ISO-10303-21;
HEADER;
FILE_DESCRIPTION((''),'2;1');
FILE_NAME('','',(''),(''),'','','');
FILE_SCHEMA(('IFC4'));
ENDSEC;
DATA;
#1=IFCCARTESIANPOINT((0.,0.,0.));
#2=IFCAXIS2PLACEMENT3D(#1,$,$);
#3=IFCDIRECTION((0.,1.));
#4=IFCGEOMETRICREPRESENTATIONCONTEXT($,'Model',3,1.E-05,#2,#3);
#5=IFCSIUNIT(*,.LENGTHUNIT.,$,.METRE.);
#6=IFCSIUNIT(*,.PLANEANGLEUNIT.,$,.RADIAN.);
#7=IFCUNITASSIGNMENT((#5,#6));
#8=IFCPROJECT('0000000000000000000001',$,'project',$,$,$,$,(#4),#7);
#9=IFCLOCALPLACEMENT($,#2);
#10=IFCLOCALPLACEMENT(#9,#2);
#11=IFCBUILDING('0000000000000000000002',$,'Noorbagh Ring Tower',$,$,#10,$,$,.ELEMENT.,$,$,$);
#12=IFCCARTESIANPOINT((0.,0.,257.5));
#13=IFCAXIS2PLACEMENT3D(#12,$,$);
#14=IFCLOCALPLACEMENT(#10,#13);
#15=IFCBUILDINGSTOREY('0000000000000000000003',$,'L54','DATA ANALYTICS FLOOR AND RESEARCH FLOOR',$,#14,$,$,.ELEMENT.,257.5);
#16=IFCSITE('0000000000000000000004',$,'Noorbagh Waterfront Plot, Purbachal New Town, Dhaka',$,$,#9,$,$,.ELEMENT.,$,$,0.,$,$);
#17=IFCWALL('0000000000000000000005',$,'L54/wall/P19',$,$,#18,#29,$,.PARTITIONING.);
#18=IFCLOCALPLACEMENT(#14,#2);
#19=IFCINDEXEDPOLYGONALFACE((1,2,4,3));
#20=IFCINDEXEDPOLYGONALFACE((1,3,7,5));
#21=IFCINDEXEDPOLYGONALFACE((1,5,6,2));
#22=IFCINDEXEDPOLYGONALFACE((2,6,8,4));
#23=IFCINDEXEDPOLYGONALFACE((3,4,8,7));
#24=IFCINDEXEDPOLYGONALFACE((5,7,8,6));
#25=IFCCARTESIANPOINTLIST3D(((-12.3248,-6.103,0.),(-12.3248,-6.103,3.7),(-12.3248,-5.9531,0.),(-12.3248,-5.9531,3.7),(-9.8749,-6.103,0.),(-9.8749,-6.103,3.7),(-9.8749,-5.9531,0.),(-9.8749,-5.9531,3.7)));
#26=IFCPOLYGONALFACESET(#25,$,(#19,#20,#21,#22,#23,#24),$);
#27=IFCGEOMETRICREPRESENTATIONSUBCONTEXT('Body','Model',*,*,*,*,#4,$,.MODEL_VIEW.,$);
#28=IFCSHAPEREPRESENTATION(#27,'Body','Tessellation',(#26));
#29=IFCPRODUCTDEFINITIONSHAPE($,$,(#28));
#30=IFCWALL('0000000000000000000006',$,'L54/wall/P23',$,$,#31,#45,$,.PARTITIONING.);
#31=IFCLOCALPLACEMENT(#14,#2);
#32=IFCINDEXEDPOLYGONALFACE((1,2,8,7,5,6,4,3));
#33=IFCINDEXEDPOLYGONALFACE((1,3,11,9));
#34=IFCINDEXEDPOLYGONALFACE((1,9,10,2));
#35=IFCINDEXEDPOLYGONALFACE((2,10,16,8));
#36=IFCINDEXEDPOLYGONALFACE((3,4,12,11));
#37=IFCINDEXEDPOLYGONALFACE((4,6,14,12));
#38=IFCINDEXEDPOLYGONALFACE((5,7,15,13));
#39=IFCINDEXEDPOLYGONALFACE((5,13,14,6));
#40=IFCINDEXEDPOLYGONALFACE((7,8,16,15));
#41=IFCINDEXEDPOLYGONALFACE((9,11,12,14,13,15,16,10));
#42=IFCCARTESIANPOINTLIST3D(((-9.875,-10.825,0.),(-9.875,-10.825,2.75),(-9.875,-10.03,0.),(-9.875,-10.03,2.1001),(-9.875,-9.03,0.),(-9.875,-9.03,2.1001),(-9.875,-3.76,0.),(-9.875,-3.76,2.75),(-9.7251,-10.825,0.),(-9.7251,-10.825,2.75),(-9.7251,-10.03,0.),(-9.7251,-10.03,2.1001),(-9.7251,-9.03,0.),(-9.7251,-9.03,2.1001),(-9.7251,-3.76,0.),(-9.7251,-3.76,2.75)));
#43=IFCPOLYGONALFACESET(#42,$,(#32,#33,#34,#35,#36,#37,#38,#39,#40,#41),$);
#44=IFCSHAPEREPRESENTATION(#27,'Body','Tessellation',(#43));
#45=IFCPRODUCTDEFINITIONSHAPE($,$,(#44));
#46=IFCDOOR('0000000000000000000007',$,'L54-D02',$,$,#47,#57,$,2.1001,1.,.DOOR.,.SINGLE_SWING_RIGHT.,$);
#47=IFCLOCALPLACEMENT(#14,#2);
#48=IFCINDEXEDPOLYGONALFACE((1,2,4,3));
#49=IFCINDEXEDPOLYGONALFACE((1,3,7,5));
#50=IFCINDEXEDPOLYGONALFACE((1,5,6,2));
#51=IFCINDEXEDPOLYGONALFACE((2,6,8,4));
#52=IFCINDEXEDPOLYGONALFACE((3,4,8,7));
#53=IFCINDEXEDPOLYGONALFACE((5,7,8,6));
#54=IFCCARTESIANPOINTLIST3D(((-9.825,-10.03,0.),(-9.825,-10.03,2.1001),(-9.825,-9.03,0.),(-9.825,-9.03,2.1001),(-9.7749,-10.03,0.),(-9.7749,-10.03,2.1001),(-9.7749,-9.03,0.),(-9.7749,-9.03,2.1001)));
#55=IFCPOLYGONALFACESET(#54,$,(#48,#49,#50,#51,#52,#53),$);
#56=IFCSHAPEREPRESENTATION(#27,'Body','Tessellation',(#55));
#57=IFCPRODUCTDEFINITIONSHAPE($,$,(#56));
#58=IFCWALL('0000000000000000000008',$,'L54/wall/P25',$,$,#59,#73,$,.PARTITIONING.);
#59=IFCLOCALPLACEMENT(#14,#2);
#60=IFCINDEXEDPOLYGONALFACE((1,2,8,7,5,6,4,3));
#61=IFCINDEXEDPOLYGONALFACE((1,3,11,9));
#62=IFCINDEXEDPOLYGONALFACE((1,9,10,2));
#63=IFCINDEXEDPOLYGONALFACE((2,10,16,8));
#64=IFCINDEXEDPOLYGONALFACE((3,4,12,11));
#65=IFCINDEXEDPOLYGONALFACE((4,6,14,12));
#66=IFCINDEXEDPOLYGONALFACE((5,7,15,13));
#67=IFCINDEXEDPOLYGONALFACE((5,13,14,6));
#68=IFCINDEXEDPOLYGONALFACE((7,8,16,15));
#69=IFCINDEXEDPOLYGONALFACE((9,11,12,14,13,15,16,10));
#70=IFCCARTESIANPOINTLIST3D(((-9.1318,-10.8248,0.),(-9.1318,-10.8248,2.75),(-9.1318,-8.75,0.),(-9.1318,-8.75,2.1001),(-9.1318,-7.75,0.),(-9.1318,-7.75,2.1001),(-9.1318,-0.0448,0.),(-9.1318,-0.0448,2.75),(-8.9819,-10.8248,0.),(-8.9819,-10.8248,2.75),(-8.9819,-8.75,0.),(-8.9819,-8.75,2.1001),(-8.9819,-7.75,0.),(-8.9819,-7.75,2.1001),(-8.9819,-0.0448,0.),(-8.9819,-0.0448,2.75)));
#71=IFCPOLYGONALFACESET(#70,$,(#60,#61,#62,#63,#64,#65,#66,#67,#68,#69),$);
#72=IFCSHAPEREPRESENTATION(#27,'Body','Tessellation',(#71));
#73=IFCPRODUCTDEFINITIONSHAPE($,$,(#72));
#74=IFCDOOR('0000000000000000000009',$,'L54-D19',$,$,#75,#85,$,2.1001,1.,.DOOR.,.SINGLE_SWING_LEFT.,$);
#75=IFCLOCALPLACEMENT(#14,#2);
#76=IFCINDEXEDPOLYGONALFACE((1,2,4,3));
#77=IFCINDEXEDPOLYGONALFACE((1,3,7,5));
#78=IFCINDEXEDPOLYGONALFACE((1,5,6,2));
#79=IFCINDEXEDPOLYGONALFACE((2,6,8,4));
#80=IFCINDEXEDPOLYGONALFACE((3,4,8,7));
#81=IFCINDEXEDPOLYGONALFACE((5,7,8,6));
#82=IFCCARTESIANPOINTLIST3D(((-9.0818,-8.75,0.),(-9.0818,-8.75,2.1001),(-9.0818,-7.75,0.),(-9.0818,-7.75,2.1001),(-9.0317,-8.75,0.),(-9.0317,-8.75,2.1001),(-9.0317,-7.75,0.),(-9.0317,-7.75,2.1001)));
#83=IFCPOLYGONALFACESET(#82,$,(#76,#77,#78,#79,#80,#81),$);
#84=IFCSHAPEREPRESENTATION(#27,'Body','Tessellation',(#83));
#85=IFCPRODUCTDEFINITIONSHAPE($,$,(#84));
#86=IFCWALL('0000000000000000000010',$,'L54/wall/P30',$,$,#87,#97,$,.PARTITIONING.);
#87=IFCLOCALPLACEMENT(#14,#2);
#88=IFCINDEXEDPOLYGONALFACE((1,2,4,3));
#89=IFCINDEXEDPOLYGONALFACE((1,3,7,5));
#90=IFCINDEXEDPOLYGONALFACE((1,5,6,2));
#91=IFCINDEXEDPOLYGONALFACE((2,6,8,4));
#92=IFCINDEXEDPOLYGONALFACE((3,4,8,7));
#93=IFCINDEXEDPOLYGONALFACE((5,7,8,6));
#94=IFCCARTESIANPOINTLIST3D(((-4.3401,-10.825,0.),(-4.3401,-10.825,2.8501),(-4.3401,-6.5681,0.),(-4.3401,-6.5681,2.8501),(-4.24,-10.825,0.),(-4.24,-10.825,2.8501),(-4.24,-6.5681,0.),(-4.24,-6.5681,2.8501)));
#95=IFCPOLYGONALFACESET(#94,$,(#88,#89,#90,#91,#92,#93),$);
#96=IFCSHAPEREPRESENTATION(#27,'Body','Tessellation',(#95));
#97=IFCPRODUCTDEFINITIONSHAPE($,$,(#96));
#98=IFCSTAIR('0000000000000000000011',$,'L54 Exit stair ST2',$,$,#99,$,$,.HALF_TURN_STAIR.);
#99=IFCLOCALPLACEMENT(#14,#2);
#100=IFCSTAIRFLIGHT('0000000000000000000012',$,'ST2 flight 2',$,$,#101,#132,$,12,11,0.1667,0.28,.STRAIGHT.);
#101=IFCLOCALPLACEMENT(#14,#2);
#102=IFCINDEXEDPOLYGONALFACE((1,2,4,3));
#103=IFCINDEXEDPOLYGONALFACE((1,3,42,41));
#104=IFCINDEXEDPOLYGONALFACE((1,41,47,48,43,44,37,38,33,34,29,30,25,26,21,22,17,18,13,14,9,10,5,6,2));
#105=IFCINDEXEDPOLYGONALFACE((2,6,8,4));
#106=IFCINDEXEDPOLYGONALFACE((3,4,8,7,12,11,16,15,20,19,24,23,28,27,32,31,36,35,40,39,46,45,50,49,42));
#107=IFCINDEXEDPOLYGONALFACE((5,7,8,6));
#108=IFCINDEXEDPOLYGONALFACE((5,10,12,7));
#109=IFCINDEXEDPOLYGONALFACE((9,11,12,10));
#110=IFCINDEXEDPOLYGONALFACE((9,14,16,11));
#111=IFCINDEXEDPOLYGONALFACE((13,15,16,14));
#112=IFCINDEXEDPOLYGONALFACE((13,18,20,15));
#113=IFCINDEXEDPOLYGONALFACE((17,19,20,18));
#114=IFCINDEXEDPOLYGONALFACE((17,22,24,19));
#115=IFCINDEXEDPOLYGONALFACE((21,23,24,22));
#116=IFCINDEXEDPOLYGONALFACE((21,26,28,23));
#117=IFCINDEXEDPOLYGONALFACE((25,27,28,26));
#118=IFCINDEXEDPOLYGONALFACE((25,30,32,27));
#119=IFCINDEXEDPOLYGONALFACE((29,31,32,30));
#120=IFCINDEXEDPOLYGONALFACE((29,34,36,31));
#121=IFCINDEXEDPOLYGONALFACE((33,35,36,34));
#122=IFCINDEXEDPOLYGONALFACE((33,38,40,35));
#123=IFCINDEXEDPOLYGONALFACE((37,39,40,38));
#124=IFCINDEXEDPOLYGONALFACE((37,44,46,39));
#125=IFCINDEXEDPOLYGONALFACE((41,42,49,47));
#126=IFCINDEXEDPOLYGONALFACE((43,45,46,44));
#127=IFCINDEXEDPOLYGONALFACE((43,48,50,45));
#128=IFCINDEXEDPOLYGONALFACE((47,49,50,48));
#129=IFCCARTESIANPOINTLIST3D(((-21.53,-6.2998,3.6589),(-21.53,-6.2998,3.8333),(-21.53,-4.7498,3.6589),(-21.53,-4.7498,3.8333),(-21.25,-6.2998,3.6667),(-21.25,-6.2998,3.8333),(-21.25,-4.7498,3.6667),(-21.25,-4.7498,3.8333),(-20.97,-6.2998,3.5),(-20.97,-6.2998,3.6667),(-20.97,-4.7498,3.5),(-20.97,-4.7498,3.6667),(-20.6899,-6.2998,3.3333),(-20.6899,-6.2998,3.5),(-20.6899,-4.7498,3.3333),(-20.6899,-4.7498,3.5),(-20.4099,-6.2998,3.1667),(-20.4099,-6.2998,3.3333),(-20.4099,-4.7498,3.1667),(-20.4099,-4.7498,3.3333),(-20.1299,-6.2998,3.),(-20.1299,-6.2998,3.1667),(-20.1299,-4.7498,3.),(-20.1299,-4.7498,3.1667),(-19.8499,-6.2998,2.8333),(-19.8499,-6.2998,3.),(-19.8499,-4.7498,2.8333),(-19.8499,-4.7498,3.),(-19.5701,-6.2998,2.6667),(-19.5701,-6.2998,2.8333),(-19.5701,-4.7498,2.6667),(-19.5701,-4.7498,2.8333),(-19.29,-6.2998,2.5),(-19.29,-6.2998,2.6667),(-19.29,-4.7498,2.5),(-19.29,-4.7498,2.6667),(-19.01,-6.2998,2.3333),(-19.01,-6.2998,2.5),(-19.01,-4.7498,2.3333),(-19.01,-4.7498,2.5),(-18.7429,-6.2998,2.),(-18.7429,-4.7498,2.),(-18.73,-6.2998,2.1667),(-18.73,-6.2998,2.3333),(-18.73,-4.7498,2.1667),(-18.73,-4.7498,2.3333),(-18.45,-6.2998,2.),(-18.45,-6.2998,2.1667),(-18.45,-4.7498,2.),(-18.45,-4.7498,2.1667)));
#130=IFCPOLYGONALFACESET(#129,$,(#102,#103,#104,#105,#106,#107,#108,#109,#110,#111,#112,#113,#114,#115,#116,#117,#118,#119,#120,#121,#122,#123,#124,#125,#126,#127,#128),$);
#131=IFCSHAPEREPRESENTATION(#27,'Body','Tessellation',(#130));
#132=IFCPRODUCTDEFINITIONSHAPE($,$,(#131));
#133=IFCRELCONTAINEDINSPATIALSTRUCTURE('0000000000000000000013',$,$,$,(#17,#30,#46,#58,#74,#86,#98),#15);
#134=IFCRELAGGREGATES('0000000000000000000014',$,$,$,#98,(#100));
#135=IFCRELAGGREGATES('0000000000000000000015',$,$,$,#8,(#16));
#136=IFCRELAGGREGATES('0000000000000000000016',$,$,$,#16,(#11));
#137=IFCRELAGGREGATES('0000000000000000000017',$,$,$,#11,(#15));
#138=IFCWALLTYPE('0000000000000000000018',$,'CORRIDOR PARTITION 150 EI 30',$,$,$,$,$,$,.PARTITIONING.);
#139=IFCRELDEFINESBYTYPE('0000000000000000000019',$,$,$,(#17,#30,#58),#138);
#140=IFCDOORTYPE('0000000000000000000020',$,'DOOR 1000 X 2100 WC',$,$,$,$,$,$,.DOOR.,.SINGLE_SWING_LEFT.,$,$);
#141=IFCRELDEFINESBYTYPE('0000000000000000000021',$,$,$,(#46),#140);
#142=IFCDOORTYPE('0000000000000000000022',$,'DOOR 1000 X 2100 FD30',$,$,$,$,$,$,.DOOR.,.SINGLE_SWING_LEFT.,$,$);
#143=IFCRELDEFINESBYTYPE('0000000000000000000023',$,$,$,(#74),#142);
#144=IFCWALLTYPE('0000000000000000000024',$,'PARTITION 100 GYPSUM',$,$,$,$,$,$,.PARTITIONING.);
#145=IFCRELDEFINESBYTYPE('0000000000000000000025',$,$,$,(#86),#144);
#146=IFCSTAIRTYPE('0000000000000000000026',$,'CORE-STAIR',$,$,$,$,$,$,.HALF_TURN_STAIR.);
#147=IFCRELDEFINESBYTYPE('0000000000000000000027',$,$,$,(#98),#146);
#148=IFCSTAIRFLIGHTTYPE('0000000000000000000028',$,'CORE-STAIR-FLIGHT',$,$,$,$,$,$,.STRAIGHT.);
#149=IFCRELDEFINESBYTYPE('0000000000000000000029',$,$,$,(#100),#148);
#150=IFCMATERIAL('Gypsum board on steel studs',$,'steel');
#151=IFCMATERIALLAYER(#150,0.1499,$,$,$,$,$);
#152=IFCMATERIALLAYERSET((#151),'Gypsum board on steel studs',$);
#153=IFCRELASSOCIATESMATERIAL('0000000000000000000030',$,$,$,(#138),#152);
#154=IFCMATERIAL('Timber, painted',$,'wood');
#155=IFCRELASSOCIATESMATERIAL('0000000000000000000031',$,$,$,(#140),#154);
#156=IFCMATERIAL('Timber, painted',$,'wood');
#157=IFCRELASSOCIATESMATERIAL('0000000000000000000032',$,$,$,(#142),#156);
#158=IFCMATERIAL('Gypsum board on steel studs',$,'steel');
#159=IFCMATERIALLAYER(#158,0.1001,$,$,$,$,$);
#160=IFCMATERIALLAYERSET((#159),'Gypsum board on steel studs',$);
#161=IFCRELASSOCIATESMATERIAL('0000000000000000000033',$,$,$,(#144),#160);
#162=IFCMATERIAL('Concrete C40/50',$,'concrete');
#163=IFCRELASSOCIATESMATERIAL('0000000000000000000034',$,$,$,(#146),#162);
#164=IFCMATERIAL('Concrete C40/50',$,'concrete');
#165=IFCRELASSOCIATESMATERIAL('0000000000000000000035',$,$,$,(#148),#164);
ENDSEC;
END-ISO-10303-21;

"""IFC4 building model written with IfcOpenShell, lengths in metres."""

from ifc_helpers import new_model, si_unit, direction, frame, frame_2d, origin, place, context, subcontext, project, spatial, polyline, rectangle, outline, extrude, material, layer, layer_set, type_object, element, fill, aggregate, save


model = new_model("IFC4")

# Units and contexts
model_context = context("Model", 3, precision=1e-05, world=origin(), true_north=direction((0.0, 1.0)))
body_context = subcontext(model_context, "Body", "Model", "MODEL_VIEW")
ifc_project = project(units=[si_unit("LENGTHUNIT", "METRE"), si_unit("PLANEANGLEUNIT", "RADIAN")], contexts=[model_context])

# Site, building, storey
site_placement = place(None, origin())
site = spatial("IfcSite", under=ifc_project, at=site_placement, Name="Noorbagh Waterfront Plot, Purbachal New Town, Dhaka", CompositionType="ELEMENT", RefElevation=0.0)
building_placement = place(site_placement, origin())
building = spatial("IfcBuilding", under=site, at=building_placement, Name="Noorbagh Ring Tower", CompositionType="ELEMENT")
storey_placement = place(building_placement, frame((0.0, 0.0, 257.5)))
storey = spatial("IfcBuildingStorey", under=building, at=storey_placement, Name="L54", Description="DATA ANALYTICS FLOOR AND RESEARCH FLOOR", CompositionType="ELEMENT", Elevation=257.5)

# Shared definitions
ifc_material_1 = material(Name="Gypsum board on steel studs", Category="steel")
ifc_layer_1 = layer(ifc_material_1, 0.1499)
ifc_layer_set_1 = layer_set([ifc_layer_1], Name="Gypsum board on steel studs")
wall_type_1 = type_object("IfcWallType", Name="CORRIDOR PARTITION 150 EI 30", PredefinedType="PARTITIONING", material=ifc_layer_set_1)
ifc_material_2 = material(Name="Timber, painted", Category="wood")
door_type_1 = type_object("IfcDoorType", Name="DOOR 1000 X 2100 WC", OperationType="SINGLE_SWING_LEFT", PredefinedType="DOOR", material=ifc_material_2)

# Wall
wall_1_placement = place(storey_placement, frame((-12.325, -6.0281, 0.0), z_axis=(0.0, 0.0, 1.0), x_axis=(1.0, 0.0, 0.0)))
element("IfcWall", 1, at=wall_1_placement, inside=storey, type_object=wall_type_1, Name="L54/wall/P19", PredefinedType="PARTITIONING", context=body_context, shape_type="SweptSolid", body=[
    extrude(rectangle(XDim=2.45, YDim=0.1499, at=frame_2d((1.2251, 0.0))), origin(), (0.0, 0.0, 1.0), 3.7),
])

# Walls, openings, doors
wall_2_placement = place(storey_placement, frame((-9.8, -10.825, 0.0), z_axis=(0.0, 0.0, 1.0), x_axis=(0.0, 1.0, 0.0)))
wall_2 = element("IfcWall", 2, at=wall_2_placement, inside=storey, type_object=wall_type_1, Name="L54/wall/P23", PredefinedType="PARTITIONING", context=body_context, shape_type="SweptSolid", body=[
    extrude(rectangle(XDim=7.0649, YDim=0.1499, at=frame_2d((3.5325, 0.0))), origin(), (0.0, 0.0, 1.0), 2.75),
])
opening_1_placement = place(wall_2_placement, frame((0.7949, 0.0, 0.0)))
opening_1 = element("IfcOpeningElement", 3, at=opening_1_placement, cuts=wall_2, PredefinedType="OPENING", context=body_context, shape_type="SweptSolid", body=[
    extrude(rectangle(XDim=1.0, YDim=2.1001, at=frame_2d((0.5, 1.05))), frame((0.0, 0.085, 0.0), z_axis=(0.0, -1.0, 0.0), x_axis=(1.0, 0.0, 0.0)), (0.0, 0.0, 1.0), 0.1699),
])
door_1_placement = place(opening_1_placement, origin())
door_1 = element("IfcDoor", 4, at=door_1_placement, inside=storey, type_object=door_type_1, Name="L54-D02", OperationType="SINGLE_SWING_RIGHT", OverallHeight=2.1001, OverallWidth=1.0, PredefinedType="DOOR", context=body_context, shape_type="SweptSolid", body=[
    extrude(rectangle(XDim=1.0, YDim=2.1001, at=frame_2d((0.5, 1.05))), frame((0.0, 0.0249, 0.0), z_axis=(0.0, -1.0, 0.0), x_axis=(1.0, 0.0, 0.0)), (0.0, 0.0, 1.0), 0.05),
])
fill(opening_1, door_1)
wall_3_placement = place(storey_placement, frame((-9.0569, -10.825, 0.0), z_axis=(0.0, 0.0, 1.0), x_axis=(0.0, 1.0, 0.0)))
wall_3 = element("IfcWall", 5, at=wall_3_placement, inside=storey, type_object=wall_type_1, Name="L54/wall/P25", PredefinedType="PARTITIONING", context=body_context, shape_type="SweptSolid", body=[
    extrude(rectangle(XDim=10.78, YDim=0.1499, at=frame_2d((5.3901, 0.0))), origin(), (0.0, 0.0, 1.0), 2.75),
])
opening_2_placement = place(wall_3_placement, frame((2.075, 0.0, 0.0)))
opening_2 = element("IfcOpeningElement", 6, at=opening_2_placement, cuts=wall_3, PredefinedType="OPENING", context=body_context, shape_type="SweptSolid", body=[
    extrude(rectangle(XDim=1.0, YDim=2.1001, at=frame_2d((0.5, 1.05))), frame((0.0, 0.085, 0.0), z_axis=(0.0, -1.0, 0.0), x_axis=(1.0, 0.0, 0.0)), (0.0, 0.0, 1.0), 0.1699),
])
ifc_material_3 = material(Name="Timber, painted", Category="wood")
door_type_2 = type_object("IfcDoorType", Name="DOOR 1000 X 2100 FD30", OperationType="SINGLE_SWING_LEFT", PredefinedType="DOOR", material=ifc_material_3)
door_2_placement = place(opening_2_placement, origin())
door_2 = element("IfcDoor", 7, at=door_2_placement, inside=storey, type_object=door_type_2, Name="L54-D19", OperationType="SINGLE_SWING_LEFT", OverallHeight=2.1001, OverallWidth=1.0, PredefinedType="DOOR", context=body_context, shape_type="SweptSolid", body=[
    extrude(rectangle(XDim=1.0, YDim=2.1001, at=frame_2d((0.5, 1.05))), frame((0.0, 0.0249, 0.0), z_axis=(0.0, -1.0, 0.0), x_axis=(1.0, 0.0, 0.0)), (0.0, 0.0, 1.0), 0.05),
])
fill(opening_2, door_2)

# Wall
ifc_material_4 = material(Name="Gypsum board on steel studs", Category="steel")
ifc_layer_2 = layer(ifc_material_4, 0.1001)
ifc_layer_set_2 = layer_set([ifc_layer_2], Name="Gypsum board on steel studs")
wall_type_2 = type_object("IfcWallType", Name="PARTITION 100 GYPSUM", PredefinedType="PARTITIONING", material=ifc_layer_set_2)
wall_4_placement = place(storey_placement, frame((-4.29, -10.825, 0.0), z_axis=(0.0, 0.0, 1.0), x_axis=(0.0, 1.0, 0.0)))
element("IfcWall", 8, at=wall_4_placement, inside=storey, type_object=wall_type_2, Name="L54/wall/P30", PredefinedType="PARTITIONING", context=body_context, shape_type="SweptSolid", body=[
    extrude(rectangle(XDim=4.2568, YDim=0.1001, at=frame_2d((2.1284, 0.0))), origin(), (0.0, 0.0, 1.0), 2.8501),
])

# Stair, stair flight
ifc_material_5 = material(Name="Concrete C40/50", Category="concrete")
stair_type = type_object("IfcStairType", Name="CORE-STAIR", PredefinedType="HALF_TURN_STAIR", material=ifc_material_5)
stair_placement = place(storey_placement, origin())
stair = element("IfcStair", 9, at=stair_placement, inside=storey, type_object=stair_type, Name="L54 Exit stair ST2", PredefinedType="HALF_TURN_STAIR")
ifc_material_6 = material(Name="Concrete C40/50", Category="concrete")
stair_flight_type = type_object("IfcStairFlightType", Name="CORE-STAIR-FLIGHT", PredefinedType="STRAIGHT", material=ifc_material_6)
stair_flight_placement = place(storey_placement, frame((-18.45, -5.5249, 2.0), z_axis=(0.0, 0.0, 1.0), x_axis=(-1.0, 0.0, 0.0)))
stair_flight = element("IfcStairFlight", 10, at=stair_flight_placement, type_object=stair_flight_type, Name="ST2 flight 2", NumberOfRisers=12, NumberOfTreads=11, PredefinedType="STRAIGHT", RiserHeight=0.1667, TreadLength=0.28, context=body_context, shape_type="SweptSolid", body=[
    extrude(outline(polyline([(0.0, 0.0), (0.0, 0.1667), (0.28, 0.1667), (0.28, 0.3333), (0.5601, 0.3333), (0.5601, 0.5), (0.8401, 0.5), (0.8401, 0.6667), (1.1201, 0.6667), (1.1201, 0.8333), (1.3999, 0.8333), (1.3999, 1.0), (1.6799, 1.0), (1.6799, 1.1667), (1.96, 1.1667), (1.96, 1.3333), (2.24, 1.3333), (2.24, 1.5), (2.52, 1.5), (2.52, 1.6667), (2.8, 1.6667), (2.8, 1.8333), (3.0801, 1.8333), (3.0801, 2.0), (3.0801, 1.6589), (0.293, 0.0), (0.0, 0.0)])), frame((0.0, 0.7749, 0.0), z_axis=(0.0, -1.0, 0.0), x_axis=(1.0, 0.0, 0.0)), (0.0, 0.0, 1.0), 1.55),
])
aggregate(stair, [stair_flight])

save(model, "model.ifc")
